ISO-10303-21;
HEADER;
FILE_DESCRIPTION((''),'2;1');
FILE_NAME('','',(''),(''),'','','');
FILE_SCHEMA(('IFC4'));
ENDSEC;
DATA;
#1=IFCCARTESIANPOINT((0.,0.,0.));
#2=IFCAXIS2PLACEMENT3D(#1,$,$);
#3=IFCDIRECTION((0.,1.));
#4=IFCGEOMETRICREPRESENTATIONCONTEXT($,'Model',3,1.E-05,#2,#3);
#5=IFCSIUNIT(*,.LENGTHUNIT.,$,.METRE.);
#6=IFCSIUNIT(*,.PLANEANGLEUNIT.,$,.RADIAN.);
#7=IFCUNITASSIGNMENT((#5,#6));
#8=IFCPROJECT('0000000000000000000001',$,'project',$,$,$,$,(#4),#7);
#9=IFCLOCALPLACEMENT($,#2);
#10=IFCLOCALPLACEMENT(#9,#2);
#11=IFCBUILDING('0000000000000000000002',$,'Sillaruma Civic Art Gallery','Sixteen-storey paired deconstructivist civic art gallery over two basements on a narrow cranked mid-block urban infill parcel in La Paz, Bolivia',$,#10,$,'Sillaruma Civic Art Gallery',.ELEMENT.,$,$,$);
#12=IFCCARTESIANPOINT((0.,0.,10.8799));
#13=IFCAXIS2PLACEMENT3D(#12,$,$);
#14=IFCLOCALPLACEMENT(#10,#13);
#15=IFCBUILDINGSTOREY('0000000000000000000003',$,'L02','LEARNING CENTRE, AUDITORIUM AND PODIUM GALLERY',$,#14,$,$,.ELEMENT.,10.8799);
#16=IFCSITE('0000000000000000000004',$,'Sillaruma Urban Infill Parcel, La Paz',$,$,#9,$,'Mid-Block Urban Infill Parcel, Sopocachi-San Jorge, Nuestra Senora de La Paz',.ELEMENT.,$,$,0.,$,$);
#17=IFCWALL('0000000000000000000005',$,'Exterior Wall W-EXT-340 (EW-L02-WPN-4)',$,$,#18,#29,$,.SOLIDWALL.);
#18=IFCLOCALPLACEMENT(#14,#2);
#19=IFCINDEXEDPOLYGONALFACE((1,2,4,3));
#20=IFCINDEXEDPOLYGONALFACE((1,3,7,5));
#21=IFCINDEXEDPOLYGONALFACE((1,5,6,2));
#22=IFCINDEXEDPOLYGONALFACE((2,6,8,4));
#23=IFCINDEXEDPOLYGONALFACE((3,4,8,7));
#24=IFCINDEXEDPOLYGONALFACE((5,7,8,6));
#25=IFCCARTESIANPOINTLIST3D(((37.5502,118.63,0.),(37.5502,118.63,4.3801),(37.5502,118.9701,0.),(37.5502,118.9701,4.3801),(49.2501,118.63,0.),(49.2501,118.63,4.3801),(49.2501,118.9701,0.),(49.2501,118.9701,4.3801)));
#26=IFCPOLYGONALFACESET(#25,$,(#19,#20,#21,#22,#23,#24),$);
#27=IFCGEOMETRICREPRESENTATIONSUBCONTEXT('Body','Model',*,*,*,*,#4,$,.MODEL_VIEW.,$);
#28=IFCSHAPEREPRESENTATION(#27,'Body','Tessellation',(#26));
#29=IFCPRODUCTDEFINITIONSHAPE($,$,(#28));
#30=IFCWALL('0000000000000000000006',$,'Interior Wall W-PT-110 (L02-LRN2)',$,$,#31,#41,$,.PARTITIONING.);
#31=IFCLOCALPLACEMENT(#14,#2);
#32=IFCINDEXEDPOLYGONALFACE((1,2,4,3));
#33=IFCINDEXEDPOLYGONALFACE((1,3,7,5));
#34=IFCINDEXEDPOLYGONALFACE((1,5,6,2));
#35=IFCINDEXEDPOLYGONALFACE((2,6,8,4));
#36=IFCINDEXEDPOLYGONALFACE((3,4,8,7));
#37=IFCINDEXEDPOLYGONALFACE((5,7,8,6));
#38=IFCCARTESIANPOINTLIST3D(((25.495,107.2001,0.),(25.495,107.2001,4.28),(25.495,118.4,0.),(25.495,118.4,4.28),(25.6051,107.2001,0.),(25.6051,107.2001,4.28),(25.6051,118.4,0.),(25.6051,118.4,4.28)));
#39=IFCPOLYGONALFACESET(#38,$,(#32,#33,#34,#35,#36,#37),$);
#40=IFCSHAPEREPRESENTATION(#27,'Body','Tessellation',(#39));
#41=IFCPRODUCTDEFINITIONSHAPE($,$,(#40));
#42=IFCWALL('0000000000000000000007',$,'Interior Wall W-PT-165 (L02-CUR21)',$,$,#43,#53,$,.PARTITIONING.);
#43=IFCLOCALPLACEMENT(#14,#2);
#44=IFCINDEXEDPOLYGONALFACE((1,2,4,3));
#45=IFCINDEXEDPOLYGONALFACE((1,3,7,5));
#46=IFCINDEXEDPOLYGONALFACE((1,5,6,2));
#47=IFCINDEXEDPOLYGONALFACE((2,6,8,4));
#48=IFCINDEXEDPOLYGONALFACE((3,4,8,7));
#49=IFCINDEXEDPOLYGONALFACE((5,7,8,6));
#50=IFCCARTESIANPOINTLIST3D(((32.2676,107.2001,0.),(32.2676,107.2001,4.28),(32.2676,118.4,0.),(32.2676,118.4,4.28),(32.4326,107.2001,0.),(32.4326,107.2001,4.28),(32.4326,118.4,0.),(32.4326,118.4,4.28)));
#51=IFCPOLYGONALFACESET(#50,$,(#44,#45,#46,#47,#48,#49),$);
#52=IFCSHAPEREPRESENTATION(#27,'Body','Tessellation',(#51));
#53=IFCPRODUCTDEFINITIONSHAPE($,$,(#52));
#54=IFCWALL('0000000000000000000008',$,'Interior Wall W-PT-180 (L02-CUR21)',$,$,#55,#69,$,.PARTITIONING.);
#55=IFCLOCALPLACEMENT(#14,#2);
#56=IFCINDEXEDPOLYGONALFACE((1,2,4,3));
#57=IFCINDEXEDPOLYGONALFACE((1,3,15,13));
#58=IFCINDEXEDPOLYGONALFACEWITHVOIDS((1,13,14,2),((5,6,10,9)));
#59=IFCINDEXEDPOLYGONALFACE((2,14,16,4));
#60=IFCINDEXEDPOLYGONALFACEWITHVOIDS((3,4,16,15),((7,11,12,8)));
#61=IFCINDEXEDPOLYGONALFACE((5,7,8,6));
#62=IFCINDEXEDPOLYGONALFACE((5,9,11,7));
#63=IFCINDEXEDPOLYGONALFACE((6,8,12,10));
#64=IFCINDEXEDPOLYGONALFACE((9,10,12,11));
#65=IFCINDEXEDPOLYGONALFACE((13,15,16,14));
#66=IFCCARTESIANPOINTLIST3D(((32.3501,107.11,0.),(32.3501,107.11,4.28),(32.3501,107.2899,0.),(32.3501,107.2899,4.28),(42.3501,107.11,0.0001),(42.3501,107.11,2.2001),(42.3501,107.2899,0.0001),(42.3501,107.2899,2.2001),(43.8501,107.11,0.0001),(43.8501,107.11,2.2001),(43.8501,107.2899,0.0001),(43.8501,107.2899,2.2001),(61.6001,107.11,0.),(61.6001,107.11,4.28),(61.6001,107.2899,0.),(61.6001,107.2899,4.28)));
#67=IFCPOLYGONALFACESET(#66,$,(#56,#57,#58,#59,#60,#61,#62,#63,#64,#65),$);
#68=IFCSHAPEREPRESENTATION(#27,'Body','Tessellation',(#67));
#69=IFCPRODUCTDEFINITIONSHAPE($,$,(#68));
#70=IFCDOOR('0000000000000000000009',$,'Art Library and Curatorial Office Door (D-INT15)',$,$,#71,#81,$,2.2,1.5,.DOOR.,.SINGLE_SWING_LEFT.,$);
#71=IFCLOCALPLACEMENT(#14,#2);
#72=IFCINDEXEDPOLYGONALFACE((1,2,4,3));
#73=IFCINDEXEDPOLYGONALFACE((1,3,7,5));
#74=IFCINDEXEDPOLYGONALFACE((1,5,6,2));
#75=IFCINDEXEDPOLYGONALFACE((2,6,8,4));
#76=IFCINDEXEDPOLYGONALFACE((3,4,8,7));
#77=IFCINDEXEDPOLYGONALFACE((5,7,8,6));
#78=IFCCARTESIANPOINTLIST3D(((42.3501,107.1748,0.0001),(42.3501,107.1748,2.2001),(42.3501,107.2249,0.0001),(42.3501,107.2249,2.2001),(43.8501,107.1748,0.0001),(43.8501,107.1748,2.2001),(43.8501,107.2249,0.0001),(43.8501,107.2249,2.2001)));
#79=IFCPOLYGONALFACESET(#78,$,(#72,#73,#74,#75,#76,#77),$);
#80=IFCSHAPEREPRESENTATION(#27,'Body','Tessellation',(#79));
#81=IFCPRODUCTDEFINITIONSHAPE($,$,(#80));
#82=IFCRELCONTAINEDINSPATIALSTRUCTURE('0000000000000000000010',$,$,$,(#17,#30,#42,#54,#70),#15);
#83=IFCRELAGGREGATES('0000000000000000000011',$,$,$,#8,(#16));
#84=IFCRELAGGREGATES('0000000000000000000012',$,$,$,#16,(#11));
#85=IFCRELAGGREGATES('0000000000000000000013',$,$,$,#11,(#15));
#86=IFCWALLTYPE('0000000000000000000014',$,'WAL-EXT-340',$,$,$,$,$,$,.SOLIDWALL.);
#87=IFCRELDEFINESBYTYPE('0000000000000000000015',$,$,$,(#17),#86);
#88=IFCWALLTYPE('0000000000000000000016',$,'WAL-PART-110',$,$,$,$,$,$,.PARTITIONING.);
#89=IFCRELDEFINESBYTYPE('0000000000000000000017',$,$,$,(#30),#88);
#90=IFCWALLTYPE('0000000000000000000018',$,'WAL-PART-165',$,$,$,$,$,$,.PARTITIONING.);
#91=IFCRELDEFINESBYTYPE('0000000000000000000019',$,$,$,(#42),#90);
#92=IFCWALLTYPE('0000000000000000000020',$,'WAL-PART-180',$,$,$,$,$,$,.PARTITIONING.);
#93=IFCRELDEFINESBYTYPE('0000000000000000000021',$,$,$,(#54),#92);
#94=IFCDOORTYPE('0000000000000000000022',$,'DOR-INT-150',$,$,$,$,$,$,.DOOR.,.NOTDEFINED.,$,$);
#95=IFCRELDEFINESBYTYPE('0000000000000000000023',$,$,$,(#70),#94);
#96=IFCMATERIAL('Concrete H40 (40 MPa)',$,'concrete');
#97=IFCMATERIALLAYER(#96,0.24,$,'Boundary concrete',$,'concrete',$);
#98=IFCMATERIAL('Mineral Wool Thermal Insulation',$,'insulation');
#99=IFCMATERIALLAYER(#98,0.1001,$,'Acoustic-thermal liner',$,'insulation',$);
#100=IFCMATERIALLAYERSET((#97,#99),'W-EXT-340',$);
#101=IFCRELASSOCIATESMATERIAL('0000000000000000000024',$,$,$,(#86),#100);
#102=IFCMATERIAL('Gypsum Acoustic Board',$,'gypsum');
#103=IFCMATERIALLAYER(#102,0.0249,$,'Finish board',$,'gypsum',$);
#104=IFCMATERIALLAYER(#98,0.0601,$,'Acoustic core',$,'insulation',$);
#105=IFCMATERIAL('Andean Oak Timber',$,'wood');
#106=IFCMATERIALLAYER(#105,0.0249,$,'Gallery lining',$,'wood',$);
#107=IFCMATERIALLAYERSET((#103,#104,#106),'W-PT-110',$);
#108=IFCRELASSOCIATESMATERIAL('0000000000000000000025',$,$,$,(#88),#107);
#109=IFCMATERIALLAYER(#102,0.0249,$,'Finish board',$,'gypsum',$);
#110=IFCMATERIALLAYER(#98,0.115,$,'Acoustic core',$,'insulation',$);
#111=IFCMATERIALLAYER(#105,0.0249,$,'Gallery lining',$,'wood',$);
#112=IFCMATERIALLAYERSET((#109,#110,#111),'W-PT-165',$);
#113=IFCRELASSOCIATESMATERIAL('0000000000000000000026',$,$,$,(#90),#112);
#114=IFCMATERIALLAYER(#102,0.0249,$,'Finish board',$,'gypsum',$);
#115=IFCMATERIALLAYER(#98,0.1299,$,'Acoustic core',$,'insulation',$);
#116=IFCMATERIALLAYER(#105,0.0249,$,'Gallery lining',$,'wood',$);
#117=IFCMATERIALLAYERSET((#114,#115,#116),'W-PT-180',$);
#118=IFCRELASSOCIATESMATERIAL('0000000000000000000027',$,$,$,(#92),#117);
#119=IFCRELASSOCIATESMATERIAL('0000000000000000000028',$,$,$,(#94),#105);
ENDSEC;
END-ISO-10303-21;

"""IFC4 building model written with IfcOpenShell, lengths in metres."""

from ifc_helpers import new_model, si_unit, direction, frame, frame_2d, origin, place, context, subcontext, project, spatial, rectangle, extrude, material, layer, layer_set, type_object, element, fill, save


model = new_model("IFC4")

# Units and contexts
model_context = context("Model", 3, precision=1e-05, world=origin(), true_north=direction((0.0, 1.0)))
body_context = subcontext(model_context, "Body", "Model", "MODEL_VIEW")
ifc_project = project(units=[si_unit("LENGTHUNIT", "METRE"), si_unit("PLANEANGLEUNIT", "RADIAN")], contexts=[model_context])

# Site, building, storey
site_placement = place(None, origin())
site = spatial("IfcSite", under=ifc_project, at=site_placement, Name="Sillaruma Urban Infill Parcel, La Paz", LongName="Mid-Block Urban Infill Parcel, Sopocachi-San Jorge, Nuestra Senora de La Paz", CompositionType="ELEMENT", RefElevation=0.0)
building_placement = place(site_placement, origin())
building = spatial("IfcBuilding", under=site, at=building_placement, Name="Sillaruma Civic Art Gallery", Description="Sixteen-storey paired deconstructivist civic art gallery over two basements on a narrow cranked mid-block urban infill parcel in La Paz, Bolivia", LongName="Sillaruma Civic Art Gallery", CompositionType="ELEMENT")
storey_placement = place(building_placement, frame((0.0, 0.0, 10.8799)))
storey = spatial("IfcBuildingStorey", under=building, at=storey_placement, Name="L02", Description="LEARNING CENTRE, AUDITORIUM AND PODIUM GALLERY", CompositionType="ELEMENT", Elevation=10.8799)

# Shared definitions
ifc_material_1 = material(Name="Concrete H40 (40 MPa)", Category="concrete")

# Walls
ifc_layer_1 = layer(ifc_material_1, 0.24, Name="Boundary concrete", Category="concrete")
ifc_material_2 = material(Name="Mineral Wool Thermal Insulation", Category="insulation")
ifc_layer_2 = layer(ifc_material_2, 0.1001, Name="Acoustic-thermal liner", Category="insulation")
ifc_layer_set_1 = layer_set([ifc_layer_1, ifc_layer_2], Name="W-EXT-340")
wall_type_1 = type_object("IfcWallType", Name="WAL-EXT-340", PredefinedType="SOLIDWALL", material=ifc_layer_set_1)
wall_1_placement = place(storey_placement, frame((37.55, 118.8, 0.0), z_axis=(0.0, 0.0, 1.0), x_axis=(1.0, 0.0, 0.0)))
element("IfcWall", 1, at=wall_1_placement, inside=storey, type_object=wall_type_1, Name="Exterior Wall W-EXT-340 (EW-L02-WPN-4)", PredefinedType="SOLIDWALL", context=body_context, shape_type="SweptSolid", body=[
    extrude(rectangle(XDim=11.7, YDim=0.3401, at=frame_2d((5.8501, 0.0))), origin(), (0.0, 0.0, 1.0), 4.3801),
])
ifc_material_3 = material(Name="Gypsum Acoustic Board", Category="gypsum")
ifc_layer_3 = layer(ifc_material_3, 0.0249, Name="Finish board", Category="gypsum")
ifc_layer_4 = layer(ifc_material_2, 0.0601, Name="Acoustic core", Category="insulation")
ifc_material_4 = material(Name="Andean Oak Timber", Category="wood")
ifc_layer_5 = layer(ifc_material_4, 0.0249, Name="Gallery lining", Category="wood")
ifc_layer_set_2 = layer_set([ifc_layer_3, ifc_layer_4, ifc_layer_5], Name="W-PT-110")
wall_type_2 = type_object("IfcWallType", Name="WAL-PART-110", PredefinedType="PARTITIONING", material=ifc_layer_set_2)
wall_2_placement = place(storey_placement, frame((25.55, 107.2, 0.0), z_axis=(0.0, 0.0, 1.0), x_axis=(0.0, 1.0, 0.0)))
element("IfcWall", 2, at=wall_2_placement, inside=storey, type_object=wall_type_2, Name="Interior Wall W-PT-110 (L02-LRN2)", PredefinedType="PARTITIONING", context=body_context, shape_type="SweptSolid", body=[
    extrude(rectangle(XDim=11.2, YDim=0.1101, at=frame_2d((5.6001, 0.0))), origin(), (0.0, 0.0, 1.0), 4.28),
])
ifc_layer_6 = layer(ifc_material_3, 0.0249, Name="Finish board", Category="gypsum")
ifc_layer_7 = layer(ifc_material_2, 0.115, Name="Acoustic core", Category="insulation")
ifc_layer_8 = layer(ifc_material_4, 0.0249, Name="Gallery lining", Category="wood")
ifc_layer_set_3 = layer_set([ifc_layer_6, ifc_layer_7, ifc_layer_8], Name="W-PT-165")
wall_type_3 = type_object("IfcWallType", Name="WAL-PART-165", PredefinedType="PARTITIONING", material=ifc_layer_set_3)
wall_3_placement = place(storey_placement, frame((32.3501, 107.2, 0.0), z_axis=(0.0, 0.0, 1.0), x_axis=(0.0, 1.0, 0.0)))
element("IfcWall", 3, at=wall_3_placement, inside=storey, type_object=wall_type_3, Name="Interior Wall W-PT-165 (L02-CUR21)", PredefinedType="PARTITIONING", context=body_context, shape_type="SweptSolid", body=[
    extrude(rectangle(XDim=11.2, YDim=0.165, at=frame_2d((5.6001, 0.0))), origin(), (0.0, 0.0, 1.0), 4.28),
])

# Wall, opening, door
ifc_layer_9 = layer(ifc_material_3, 0.0249, Name="Finish board", Category="gypsum")
ifc_layer_10 = layer(ifc_material_2, 0.1299, Name="Acoustic core", Category="insulation")
ifc_layer_11 = layer(ifc_material_4, 0.0249, Name="Gallery lining", Category="wood")
ifc_layer_set_4 = layer_set([ifc_layer_9, ifc_layer_10, ifc_layer_11], Name="W-PT-180")
wall_type_4 = type_object("IfcWallType", Name="WAL-PART-180", PredefinedType="PARTITIONING", material=ifc_layer_set_4)
wall_4_placement = place(storey_placement, frame((32.3501, 107.2, 0.0), z_axis=(0.0, 0.0, 1.0), x_axis=(1.0, 0.0, 0.0)))
wall_4 = element("IfcWall", 4, at=wall_4_placement, inside=storey, type_object=wall_type_4, Name="Interior Wall W-PT-180 (L02-CUR21)", PredefinedType="PARTITIONING", context=body_context, shape_type="SweptSolid", body=[
    extrude(rectangle(XDim=29.25, YDim=0.1799, at=frame_2d((14.625, 0.0))), origin(), (0.0, 0.0, 1.0), 4.28),
])
opening_placement = place(wall_4_placement, frame((10.0, 0.0, 0.0)))
opening = element("IfcOpeningElement", 5, at=opening_placement, cuts=wall_4, PredefinedType="OPENING", context=body_context, shape_type="SweptSolid", body=[
    extrude(rectangle(XDim=1.5, YDim=2.2, at=frame_2d((0.75, 1.1001))), frame((0.0, 0.0999, 0.0), z_axis=(0.0, -1.0, 0.0), x_axis=(1.0, 0.0, 0.0)), (0.0, 0.0, 1.0), 0.2),
])
door_type = type_object("IfcDoorType", Name="DOR-INT-150", OperationType="NOTDEFINED", PredefinedType="DOOR", material=ifc_material_4)
door_placement = place(opening_placement, origin())
door = element("IfcDoor", 6, at=door_placement, inside=storey, type_object=door_type, Name="Art Library and Curatorial Office Door (D-INT15)", OperationType="SINGLE_SWING_LEFT", OverallHeight=2.2, OverallWidth=1.5, PredefinedType="DOOR", context=body_context, shape_type="SweptSolid", body=[
    extrude(rectangle(XDim=1.5, YDim=2.2, at=frame_2d((0.75, 1.1001))), frame((0.0, 0.0249, 0.0), z_axis=(0.0, -1.0, 0.0), x_axis=(1.0, 0.0, 0.0)), (0.0, 0.0, 1.0), 0.05),
])
fill(opening, door)

save(model, "model.ifc")
